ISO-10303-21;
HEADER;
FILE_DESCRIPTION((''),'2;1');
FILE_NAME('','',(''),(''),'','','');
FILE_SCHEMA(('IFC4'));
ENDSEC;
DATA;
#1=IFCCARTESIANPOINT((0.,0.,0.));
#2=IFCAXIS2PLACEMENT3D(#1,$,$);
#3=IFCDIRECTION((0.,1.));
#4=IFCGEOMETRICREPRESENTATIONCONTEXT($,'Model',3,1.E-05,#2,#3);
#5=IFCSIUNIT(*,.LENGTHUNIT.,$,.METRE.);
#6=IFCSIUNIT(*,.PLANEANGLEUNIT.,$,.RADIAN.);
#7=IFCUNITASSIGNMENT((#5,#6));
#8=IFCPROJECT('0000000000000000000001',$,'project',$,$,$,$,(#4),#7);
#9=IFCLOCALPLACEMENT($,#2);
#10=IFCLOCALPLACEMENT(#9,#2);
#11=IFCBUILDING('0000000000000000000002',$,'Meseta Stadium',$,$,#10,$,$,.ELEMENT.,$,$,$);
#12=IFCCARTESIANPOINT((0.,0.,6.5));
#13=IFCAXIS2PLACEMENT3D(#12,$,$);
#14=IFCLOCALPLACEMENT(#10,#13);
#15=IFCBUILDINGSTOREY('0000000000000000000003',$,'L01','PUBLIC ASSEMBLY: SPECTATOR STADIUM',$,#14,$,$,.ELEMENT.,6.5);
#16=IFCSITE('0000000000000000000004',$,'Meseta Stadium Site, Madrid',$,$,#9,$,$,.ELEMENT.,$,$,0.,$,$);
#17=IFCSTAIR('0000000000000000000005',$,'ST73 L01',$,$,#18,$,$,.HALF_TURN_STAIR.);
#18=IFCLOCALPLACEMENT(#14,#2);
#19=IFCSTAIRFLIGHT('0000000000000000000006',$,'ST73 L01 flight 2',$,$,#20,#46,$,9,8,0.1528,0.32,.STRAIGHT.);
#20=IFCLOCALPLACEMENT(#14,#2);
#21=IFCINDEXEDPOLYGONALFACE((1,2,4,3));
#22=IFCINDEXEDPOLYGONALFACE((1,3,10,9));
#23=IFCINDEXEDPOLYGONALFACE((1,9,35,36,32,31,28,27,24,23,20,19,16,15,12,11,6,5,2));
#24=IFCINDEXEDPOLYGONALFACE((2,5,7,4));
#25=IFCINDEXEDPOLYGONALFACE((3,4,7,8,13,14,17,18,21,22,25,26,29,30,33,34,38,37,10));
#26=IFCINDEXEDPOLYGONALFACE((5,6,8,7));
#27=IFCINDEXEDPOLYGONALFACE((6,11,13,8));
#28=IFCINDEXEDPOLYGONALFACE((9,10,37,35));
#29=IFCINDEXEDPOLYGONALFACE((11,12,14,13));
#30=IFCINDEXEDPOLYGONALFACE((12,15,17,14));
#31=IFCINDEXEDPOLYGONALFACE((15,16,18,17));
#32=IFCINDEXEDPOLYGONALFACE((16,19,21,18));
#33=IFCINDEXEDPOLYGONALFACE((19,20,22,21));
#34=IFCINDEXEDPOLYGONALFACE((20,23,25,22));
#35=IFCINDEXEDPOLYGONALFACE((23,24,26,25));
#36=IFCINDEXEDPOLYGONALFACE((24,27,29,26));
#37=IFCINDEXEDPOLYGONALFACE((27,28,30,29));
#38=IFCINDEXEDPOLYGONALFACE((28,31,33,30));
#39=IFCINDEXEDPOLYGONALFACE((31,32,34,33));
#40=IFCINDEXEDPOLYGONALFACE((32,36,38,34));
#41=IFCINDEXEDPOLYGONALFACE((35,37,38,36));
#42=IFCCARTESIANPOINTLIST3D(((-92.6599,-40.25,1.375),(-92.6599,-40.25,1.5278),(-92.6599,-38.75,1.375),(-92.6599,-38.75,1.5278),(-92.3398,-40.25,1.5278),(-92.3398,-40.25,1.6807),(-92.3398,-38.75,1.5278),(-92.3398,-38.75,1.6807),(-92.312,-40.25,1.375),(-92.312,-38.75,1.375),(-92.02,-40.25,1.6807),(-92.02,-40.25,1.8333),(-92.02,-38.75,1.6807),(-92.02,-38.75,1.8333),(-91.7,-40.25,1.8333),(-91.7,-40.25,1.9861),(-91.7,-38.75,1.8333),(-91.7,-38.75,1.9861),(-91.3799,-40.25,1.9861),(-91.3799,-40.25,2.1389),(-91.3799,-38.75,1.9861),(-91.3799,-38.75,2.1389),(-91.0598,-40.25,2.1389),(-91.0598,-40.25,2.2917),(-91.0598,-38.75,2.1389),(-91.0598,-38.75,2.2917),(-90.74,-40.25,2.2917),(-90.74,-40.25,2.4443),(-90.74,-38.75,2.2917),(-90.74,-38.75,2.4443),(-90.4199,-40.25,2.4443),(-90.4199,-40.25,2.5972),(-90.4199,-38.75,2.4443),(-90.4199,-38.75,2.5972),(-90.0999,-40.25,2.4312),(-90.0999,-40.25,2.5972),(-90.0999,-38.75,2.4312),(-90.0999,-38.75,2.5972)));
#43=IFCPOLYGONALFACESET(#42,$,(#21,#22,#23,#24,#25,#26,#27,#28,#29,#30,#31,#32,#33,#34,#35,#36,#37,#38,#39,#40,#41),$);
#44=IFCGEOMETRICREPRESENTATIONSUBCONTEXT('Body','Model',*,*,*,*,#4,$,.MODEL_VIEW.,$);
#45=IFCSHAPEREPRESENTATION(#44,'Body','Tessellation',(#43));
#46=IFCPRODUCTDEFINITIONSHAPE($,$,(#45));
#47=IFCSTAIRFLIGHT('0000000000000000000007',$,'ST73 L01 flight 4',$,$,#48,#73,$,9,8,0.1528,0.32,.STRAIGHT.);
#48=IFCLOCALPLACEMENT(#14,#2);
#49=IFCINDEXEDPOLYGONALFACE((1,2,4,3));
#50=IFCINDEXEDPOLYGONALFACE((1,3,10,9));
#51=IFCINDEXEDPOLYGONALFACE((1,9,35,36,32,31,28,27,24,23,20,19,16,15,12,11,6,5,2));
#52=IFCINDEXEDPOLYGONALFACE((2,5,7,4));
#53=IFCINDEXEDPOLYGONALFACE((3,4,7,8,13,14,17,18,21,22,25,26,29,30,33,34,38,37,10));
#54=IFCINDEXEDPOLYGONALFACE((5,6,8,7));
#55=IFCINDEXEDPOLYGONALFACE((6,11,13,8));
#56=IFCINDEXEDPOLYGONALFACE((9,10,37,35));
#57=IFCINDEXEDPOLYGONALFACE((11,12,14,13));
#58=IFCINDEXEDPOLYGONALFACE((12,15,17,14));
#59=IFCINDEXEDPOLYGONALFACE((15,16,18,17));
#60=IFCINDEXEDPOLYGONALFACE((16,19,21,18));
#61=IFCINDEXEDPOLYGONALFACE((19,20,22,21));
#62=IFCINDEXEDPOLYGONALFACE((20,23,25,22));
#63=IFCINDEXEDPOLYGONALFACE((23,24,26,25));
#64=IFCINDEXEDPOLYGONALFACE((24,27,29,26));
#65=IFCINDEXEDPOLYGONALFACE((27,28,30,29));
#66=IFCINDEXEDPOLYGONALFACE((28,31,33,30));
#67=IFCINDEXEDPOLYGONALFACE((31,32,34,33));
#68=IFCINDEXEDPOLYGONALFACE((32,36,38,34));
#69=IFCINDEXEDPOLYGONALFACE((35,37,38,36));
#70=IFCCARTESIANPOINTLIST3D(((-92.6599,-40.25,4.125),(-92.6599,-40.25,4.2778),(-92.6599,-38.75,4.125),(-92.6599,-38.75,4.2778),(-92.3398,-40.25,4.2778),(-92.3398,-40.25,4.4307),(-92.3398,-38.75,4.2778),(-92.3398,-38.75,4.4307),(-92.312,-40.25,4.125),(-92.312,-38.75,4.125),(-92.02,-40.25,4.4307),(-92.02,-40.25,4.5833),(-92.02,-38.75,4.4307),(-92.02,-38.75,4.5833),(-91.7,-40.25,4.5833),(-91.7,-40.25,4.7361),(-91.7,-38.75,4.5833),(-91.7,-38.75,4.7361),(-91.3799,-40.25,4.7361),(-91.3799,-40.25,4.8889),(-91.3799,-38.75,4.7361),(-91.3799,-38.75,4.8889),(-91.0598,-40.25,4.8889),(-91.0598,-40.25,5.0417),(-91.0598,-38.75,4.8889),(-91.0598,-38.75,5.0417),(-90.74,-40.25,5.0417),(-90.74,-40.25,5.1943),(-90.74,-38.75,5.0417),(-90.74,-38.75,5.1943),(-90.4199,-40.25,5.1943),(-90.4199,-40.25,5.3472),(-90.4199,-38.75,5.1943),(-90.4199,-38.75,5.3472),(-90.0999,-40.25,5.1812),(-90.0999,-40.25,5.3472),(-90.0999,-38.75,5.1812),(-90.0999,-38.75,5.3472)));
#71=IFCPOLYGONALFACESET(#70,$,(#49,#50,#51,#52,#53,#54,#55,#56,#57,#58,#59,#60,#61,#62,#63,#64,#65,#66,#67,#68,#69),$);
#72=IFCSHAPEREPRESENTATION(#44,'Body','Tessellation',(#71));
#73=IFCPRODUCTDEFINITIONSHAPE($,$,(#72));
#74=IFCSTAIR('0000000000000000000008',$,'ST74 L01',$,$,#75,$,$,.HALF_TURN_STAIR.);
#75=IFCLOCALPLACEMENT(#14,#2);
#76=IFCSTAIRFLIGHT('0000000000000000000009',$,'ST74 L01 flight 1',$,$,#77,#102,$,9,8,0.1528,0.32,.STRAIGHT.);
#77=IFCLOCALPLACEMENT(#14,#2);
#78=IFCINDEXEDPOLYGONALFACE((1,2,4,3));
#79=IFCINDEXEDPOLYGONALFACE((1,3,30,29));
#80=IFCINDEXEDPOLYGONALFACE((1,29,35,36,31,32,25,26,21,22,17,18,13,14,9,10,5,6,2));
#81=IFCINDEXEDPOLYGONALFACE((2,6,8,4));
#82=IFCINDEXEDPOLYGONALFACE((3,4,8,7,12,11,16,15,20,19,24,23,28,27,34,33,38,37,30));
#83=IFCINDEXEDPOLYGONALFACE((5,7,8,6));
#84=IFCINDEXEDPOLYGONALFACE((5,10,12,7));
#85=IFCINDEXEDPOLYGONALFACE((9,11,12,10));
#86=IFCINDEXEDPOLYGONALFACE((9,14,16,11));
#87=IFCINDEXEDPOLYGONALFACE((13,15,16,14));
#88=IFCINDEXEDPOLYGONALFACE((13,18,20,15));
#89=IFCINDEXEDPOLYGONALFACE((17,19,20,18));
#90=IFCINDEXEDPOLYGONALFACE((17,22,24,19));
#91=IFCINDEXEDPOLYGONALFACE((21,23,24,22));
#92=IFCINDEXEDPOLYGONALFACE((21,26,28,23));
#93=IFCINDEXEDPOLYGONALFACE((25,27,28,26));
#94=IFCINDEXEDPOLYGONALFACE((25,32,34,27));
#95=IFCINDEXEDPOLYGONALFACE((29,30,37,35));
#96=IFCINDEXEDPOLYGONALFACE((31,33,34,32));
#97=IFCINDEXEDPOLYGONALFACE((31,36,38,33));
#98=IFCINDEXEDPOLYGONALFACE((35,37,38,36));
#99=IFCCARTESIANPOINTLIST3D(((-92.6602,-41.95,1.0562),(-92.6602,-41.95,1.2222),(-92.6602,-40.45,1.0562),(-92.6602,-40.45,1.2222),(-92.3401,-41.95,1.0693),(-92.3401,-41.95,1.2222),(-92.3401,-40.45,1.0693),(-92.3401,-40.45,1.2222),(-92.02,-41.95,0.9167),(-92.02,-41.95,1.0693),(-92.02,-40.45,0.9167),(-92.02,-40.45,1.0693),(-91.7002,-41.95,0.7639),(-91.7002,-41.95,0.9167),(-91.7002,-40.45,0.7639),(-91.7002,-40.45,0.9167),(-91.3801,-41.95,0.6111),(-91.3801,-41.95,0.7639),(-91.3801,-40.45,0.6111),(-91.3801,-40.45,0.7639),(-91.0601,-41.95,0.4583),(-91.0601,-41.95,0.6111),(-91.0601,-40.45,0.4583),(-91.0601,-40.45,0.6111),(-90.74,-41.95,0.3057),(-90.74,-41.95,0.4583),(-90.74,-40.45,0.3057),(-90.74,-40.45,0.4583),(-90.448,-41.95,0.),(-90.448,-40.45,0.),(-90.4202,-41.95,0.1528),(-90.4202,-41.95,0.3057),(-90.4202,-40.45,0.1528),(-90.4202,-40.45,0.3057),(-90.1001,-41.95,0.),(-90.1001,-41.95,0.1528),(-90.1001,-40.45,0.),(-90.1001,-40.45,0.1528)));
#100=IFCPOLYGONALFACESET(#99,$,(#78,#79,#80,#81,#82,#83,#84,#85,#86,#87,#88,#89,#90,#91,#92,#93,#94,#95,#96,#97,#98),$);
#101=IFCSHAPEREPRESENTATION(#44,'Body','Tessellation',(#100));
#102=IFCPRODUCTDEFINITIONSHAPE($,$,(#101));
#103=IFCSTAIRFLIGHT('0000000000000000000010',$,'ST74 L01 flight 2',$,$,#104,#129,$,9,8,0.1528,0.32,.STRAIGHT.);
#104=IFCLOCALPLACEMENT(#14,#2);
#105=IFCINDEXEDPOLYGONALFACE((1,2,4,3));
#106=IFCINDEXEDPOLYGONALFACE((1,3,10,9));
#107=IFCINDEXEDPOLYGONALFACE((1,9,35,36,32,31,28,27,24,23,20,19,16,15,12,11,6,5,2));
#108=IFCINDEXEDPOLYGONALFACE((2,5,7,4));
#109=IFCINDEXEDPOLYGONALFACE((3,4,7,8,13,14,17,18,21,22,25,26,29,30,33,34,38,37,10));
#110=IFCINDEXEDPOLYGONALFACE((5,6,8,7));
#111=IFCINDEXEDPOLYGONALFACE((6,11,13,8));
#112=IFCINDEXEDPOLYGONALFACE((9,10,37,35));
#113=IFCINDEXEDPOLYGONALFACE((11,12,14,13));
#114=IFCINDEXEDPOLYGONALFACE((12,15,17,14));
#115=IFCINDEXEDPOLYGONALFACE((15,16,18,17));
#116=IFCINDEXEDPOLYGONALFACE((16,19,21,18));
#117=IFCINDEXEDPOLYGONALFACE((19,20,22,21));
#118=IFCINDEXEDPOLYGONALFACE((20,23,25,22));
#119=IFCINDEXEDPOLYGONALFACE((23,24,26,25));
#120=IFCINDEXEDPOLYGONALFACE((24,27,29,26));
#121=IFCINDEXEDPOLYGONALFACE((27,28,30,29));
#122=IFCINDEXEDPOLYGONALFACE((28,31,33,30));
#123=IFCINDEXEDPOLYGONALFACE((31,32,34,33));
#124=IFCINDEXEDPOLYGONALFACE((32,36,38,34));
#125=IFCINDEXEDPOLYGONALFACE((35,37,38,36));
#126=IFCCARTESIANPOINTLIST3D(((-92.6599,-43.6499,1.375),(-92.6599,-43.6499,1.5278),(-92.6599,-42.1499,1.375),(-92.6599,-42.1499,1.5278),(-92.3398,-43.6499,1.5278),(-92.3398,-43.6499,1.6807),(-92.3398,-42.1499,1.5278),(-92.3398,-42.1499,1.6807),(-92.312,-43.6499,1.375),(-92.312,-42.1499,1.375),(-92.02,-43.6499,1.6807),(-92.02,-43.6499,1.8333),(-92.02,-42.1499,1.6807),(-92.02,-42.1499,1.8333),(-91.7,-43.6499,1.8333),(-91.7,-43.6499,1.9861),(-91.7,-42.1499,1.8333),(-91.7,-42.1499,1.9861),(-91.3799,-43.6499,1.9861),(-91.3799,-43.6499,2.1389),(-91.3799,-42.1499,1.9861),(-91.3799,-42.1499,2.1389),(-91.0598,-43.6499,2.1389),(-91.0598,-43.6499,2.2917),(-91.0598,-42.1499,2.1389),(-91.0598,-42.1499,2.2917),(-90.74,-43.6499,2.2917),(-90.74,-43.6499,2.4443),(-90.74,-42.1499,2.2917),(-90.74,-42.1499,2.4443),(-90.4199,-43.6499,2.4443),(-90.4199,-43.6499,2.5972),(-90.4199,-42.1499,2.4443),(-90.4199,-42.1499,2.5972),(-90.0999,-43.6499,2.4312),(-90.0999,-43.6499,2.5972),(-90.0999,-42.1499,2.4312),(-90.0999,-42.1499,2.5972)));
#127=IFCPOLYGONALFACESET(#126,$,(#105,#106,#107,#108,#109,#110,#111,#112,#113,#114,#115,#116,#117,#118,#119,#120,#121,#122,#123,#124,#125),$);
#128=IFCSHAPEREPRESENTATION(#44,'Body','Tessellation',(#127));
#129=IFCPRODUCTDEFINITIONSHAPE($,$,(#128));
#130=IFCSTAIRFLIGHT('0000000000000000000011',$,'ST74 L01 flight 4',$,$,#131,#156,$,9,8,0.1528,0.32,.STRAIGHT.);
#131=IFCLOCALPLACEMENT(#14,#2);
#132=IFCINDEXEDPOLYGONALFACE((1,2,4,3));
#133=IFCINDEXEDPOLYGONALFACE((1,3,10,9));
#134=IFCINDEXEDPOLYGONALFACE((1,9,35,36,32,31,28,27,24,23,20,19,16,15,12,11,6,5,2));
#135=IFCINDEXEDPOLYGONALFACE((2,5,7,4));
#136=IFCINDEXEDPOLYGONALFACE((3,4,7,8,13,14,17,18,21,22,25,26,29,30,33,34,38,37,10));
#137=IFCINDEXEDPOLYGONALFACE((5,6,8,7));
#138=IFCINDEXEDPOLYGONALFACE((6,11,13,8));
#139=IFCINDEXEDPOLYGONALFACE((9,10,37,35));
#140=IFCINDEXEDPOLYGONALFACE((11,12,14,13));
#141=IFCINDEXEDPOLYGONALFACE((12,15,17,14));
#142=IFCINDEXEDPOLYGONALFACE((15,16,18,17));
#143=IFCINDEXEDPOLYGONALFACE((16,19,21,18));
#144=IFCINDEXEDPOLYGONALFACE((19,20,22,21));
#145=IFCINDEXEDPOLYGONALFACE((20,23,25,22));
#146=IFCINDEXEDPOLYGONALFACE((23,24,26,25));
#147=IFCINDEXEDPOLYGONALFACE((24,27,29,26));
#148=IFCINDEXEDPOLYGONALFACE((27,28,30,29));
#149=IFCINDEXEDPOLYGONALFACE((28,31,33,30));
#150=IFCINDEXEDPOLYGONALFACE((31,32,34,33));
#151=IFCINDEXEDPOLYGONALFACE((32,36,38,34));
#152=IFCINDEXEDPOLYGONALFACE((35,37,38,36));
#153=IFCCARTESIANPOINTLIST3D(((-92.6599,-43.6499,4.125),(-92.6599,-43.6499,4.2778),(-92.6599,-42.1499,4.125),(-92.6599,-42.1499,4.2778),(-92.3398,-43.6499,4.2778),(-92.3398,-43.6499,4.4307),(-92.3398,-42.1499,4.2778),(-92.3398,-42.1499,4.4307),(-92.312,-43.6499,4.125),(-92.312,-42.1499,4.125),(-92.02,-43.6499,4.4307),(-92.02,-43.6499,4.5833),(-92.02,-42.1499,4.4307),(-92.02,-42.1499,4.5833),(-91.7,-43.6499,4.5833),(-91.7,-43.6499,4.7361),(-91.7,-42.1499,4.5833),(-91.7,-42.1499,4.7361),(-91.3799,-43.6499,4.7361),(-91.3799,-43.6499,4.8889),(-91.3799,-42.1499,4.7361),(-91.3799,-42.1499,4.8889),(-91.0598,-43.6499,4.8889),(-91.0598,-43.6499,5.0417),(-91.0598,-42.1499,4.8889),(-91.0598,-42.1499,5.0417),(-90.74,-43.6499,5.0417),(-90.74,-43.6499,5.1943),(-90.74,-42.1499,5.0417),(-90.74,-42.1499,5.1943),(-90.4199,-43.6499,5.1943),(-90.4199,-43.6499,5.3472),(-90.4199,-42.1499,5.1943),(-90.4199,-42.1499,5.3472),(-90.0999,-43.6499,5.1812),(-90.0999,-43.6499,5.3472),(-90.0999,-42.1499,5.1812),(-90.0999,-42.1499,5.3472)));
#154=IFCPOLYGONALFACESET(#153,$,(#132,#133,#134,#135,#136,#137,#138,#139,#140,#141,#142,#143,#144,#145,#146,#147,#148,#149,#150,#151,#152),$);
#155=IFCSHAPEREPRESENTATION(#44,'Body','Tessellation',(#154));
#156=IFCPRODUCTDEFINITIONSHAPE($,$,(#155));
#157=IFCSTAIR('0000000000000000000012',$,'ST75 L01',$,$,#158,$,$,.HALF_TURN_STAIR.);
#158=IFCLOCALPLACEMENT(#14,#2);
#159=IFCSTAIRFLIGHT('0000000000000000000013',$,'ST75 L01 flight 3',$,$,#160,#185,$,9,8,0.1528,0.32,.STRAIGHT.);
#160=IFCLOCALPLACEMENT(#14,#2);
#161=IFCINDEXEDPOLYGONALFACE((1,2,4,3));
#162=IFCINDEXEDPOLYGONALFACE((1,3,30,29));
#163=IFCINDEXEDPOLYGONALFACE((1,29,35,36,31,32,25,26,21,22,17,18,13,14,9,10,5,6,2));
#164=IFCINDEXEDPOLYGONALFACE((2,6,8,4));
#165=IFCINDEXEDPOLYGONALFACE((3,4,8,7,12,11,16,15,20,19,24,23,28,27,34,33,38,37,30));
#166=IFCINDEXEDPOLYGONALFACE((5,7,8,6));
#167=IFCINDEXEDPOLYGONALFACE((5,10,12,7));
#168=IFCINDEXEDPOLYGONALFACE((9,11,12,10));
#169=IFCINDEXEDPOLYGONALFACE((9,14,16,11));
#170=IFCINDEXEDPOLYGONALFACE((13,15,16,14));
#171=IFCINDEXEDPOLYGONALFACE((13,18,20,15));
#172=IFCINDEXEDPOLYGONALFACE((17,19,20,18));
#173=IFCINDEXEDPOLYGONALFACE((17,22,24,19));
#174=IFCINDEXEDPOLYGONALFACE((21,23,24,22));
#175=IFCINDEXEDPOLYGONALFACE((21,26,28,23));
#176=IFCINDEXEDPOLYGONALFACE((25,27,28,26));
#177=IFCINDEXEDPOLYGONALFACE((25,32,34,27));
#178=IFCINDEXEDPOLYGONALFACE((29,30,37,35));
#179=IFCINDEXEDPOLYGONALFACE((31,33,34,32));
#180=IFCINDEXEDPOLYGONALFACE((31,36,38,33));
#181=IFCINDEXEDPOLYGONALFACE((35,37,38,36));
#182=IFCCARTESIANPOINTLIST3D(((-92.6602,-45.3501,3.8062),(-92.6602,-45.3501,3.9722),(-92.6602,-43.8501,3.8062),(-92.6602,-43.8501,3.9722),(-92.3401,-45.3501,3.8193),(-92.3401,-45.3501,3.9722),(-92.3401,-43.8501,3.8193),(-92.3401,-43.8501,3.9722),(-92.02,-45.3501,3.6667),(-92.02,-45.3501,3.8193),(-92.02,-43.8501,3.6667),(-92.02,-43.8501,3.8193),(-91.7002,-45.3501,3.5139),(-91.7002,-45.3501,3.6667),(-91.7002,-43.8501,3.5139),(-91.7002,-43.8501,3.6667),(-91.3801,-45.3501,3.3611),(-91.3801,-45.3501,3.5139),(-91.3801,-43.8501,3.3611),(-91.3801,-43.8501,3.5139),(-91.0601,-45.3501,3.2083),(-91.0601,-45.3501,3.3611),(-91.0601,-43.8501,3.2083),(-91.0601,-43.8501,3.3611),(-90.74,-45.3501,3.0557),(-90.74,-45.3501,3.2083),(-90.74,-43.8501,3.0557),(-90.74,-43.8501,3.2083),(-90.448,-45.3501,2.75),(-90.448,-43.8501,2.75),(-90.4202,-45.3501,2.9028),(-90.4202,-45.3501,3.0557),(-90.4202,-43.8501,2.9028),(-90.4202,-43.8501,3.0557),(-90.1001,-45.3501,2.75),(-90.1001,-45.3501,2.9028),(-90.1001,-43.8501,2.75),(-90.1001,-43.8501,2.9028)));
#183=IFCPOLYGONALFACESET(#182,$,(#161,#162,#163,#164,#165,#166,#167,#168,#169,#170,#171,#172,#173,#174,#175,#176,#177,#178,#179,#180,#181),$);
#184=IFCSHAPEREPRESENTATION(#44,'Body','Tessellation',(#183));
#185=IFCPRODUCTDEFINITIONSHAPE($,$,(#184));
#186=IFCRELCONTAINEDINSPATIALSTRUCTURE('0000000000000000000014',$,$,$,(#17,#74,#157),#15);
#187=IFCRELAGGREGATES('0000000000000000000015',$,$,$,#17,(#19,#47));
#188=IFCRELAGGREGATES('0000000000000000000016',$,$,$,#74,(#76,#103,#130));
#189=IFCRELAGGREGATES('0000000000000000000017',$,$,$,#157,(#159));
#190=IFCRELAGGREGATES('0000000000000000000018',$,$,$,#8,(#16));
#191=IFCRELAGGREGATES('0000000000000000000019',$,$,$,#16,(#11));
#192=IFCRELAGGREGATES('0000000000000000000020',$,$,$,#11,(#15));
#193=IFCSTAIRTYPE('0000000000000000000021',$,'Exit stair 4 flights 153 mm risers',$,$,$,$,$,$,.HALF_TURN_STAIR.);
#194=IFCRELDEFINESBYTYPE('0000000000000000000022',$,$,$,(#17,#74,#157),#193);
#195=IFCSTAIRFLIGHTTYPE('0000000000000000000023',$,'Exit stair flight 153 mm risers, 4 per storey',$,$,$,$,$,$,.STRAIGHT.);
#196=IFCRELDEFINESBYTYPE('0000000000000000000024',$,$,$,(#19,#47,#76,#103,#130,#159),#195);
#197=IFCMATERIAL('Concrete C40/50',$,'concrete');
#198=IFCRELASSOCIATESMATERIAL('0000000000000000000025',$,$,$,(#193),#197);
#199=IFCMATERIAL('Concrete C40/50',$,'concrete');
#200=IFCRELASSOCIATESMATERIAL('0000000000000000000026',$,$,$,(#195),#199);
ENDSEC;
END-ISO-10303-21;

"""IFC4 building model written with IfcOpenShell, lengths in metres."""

from ifc_helpers import new_model, si_unit, direction, frame, origin, place, context, subcontext, project, spatial, polyline, outline, extrude, material, type_object, element, aggregate, save


model = new_model("IFC4")

# Units and contexts
model_context = context("Model", 3, precision=1e-05, world=origin(), true_north=direction((0.0, 1.0)))
body_context = subcontext(model_context, "Body", "Model", "MODEL_VIEW")
ifc_project = project(units=[si_unit("LENGTHUNIT", "METRE"), si_unit("PLANEANGLEUNIT", "RADIAN")], contexts=[model_context])

# Site, building, storey
site_placement = place(None, origin())
site = spatial("IfcSite", under=ifc_project, at=site_placement, Name="Meseta Stadium Site, Madrid", CompositionType="ELEMENT", RefElevation=0.0)
building_placement = place(site_placement, origin())
building = spatial("IfcBuilding", under=site, at=building_placement, Name="Meseta Stadium", CompositionType="ELEMENT")
storey_placement = place(building_placement, frame((0.0, 0.0, 6.5)))
storey = spatial("IfcBuildingStorey", under=building, at=storey_placement, Name="L01", Description="PUBLIC ASSEMBLY: SPECTATOR STADIUM", CompositionType="ELEMENT", Elevation=6.5)

# Stairs, stair flights
ifc_material_1 = material(Name="Concrete C40/50", Category="concrete")
stair_type = type_object("IfcStairType", Name="Exit stair 4 flights 153 mm risers", PredefinedType="HALF_TURN_STAIR", material=ifc_material_1)
stair_1_placement = place(storey_placement, origin())
stair_1 = element("IfcStair", 1, at=stair_1_placement, inside=storey, type_object=stair_type, Name="ST73 L01", PredefinedType="HALF_TURN_STAIR")
ifc_material_2 = material(Name="Concrete C40/50", Category="concrete")
stair_flight_type = type_object("IfcStairFlightType", Name="Exit stair flight 153 mm risers, 4 per storey", PredefinedType="STRAIGHT", material=ifc_material_2)
stair_flight_1_placement = place(storey_placement, frame((-92.6599, -39.5, 1.375), z_axis=(0.0, 0.0, 1.0), x_axis=(1.0, 0.0, 0.0)))
stair_flight_1 = element("IfcStairFlight", 2, at=stair_flight_1_placement, type_object=stair_flight_type, Name="ST73 L01 flight 2", NumberOfRisers=9, NumberOfTreads=8, PredefinedType="STRAIGHT", RiserHeight=0.1528, TreadLength=0.32, context=body_context, shape_type="SweptSolid", body=[
    extrude(outline(polyline([(0.0, 0.0), (0.0, 0.1528), (0.3201, 0.1528), (0.3201, 0.3057), (0.6399, 0.3057), (0.6399, 0.4583), (0.96, 0.4583), (0.96, 0.6111), (1.28, 0.6111), (1.28, 0.7639), (1.6001, 0.7639), (1.6001, 0.9167), (1.9199, 0.9167), (1.9199, 1.0693), (2.24, 1.0693), (2.24, 1.2222), (2.5601, 1.2222), (2.5601, 1.0562), (0.3479, 0.0), (0.0, 0.0)])), frame((0.0, 0.75, 0.0), z_axis=(0.0, -1.0, 0.0), x_axis=(1.0, 0.0, 0.0)), (0.0, 0.0, 1.0), 1.5),
])
stair_flight_2_placement = place(storey_placement, frame((-92.6599, -39.5, 4.125), z_axis=(0.0, 0.0, 1.0), x_axis=(1.0, 0.0, 0.0)))
stair_flight_2 = element("IfcStairFlight", 3, at=stair_flight_2_placement, type_object=stair_flight_type, Name="ST73 L01 flight 4", NumberOfRisers=9, NumberOfTreads=8, PredefinedType="STRAIGHT", RiserHeight=0.1528, TreadLength=0.32, context=body_context, shape_type="SweptSolid", body=[
    extrude(outline(polyline([(0.0, 0.0), (0.0, 0.1528), (0.3201, 0.1528), (0.3201, 0.3057), (0.6399, 0.3057), (0.6399, 0.4583), (0.96, 0.4583), (0.96, 0.6111), (1.28, 0.6111), (1.28, 0.7639), (1.6001, 0.7639), (1.6001, 0.9167), (1.9199, 0.9167), (1.9199, 1.0693), (2.24, 1.0693), (2.24, 1.2222), (2.5601, 1.2222), (2.5601, 1.0562), (0.3479, 0.0), (0.0, 0.0)])), frame((0.0, 0.75, 0.0), z_axis=(0.0, -1.0, 0.0), x_axis=(1.0, 0.0, 0.0)), (0.0, 0.0, 1.0), 1.5),
])
aggregate(stair_1, [stair_flight_1, stair_flight_2])
stair_2_placement = place(storey_placement, origin())
stair_2 = element("IfcStair", 4, at=stair_2_placement, inside=storey, type_object=stair_type, Name="ST74 L01", PredefinedType="HALF_TURN_STAIR")
stair_flight_3_placement = place(storey_placement, frame((-90.1001, -41.2, 0.0), z_axis=(0.0, 0.0, 1.0), x_axis=(-1.0, 0.0, 0.0)))
stair_flight_3 = element("IfcStairFlight", 5, at=stair_flight_3_placement, type_object=stair_flight_type, Name="ST74 L01 flight 1", NumberOfRisers=9, NumberOfTreads=8, PredefinedType="STRAIGHT", RiserHeight=0.1528, TreadLength=0.32, context=body_context, shape_type="SweptSolid", body=[
    extrude(outline(polyline([(0.0, 0.0), (0.0, 0.1528), (0.3201, 0.1528), (0.3201, 0.3057), (0.6399, 0.3057), (0.6399, 0.4583), (0.96, 0.4583), (0.96, 0.6111), (1.28, 0.6111), (1.28, 0.7639), (1.6001, 0.7639), (1.6001, 0.9167), (1.9199, 0.9167), (1.9199, 1.0693), (2.24, 1.0693), (2.24, 1.2222), (2.5601, 1.2222), (2.5601, 1.0562), (0.3479, 0.0), (0.0, 0.0)])), frame((0.0, 0.75, 0.0), z_axis=(0.0, -1.0, 0.0), x_axis=(1.0, 0.0, 0.0)), (0.0, 0.0, 1.0), 1.5),
])
stair_flight_4_placement = place(storey_placement, frame((-92.6599, -42.8999, 1.375), z_axis=(0.0, 0.0, 1.0), x_axis=(1.0, 0.0, 0.0)))
stair_flight_4 = element("IfcStairFlight", 6, at=stair_flight_4_placement, type_object=stair_flight_type, Name="ST74 L01 flight 2", NumberOfRisers=9, NumberOfTreads=8, PredefinedType="STRAIGHT", RiserHeight=0.1528, TreadLength=0.32, context=body_context, shape_type="SweptSolid", body=[
    extrude(outline(polyline([(0.0, 0.0), (0.0, 0.1528), (0.3201, 0.1528), (0.3201, 0.3057), (0.6399, 0.3057), (0.6399, 0.4583), (0.96, 0.4583), (0.96, 0.6111), (1.28, 0.6111), (1.28, 0.7639), (1.6001, 0.7639), (1.6001, 0.9167), (1.9199, 0.9167), (1.9199, 1.0693), (2.24, 1.0693), (2.24, 1.2222), (2.5601, 1.2222), (2.5601, 1.0562), (0.3479, 0.0), (0.0, 0.0)])), frame((0.0, 0.75, 0.0), z_axis=(0.0, -1.0, 0.0), x_axis=(1.0, 0.0, 0.0)), (0.0, 0.0, 1.0), 1.5),
])
stair_flight_5_placement = place(storey_placement, frame((-92.6599, -42.8999, 4.125), z_axis=(0.0, 0.0, 1.0), x_axis=(1.0, 0.0, 0.0)))
stair_flight_5 = element("IfcStairFlight", 7, at=stair_flight_5_placement, type_object=stair_flight_type, Name="ST74 L01 flight 4", NumberOfRisers=9, NumberOfTreads=8, PredefinedType="STRAIGHT", RiserHeight=0.1528, TreadLength=0.32, context=body_context, shape_type="SweptSolid", body=[
    extrude(outline(polyline([(0.0, 0.0), (0.0, 0.1528), (0.3201, 0.1528), (0.3201, 0.3057), (0.6399, 0.3057), (0.6399, 0.4583), (0.96, 0.4583), (0.96, 0.6111), (1.28, 0.6111), (1.28, 0.7639), (1.6001, 0.7639), (1.6001, 0.9167), (1.9199, 0.9167), (1.9199, 1.0693), (2.24, 1.0693), (2.24, 1.2222), (2.5601, 1.2222), (2.5601, 1.0562), (0.3479, 0.0), (0.0, 0.0)])), frame((0.0, 0.75, 0.0), z_axis=(0.0, -1.0, 0.0), x_axis=(1.0, 0.0, 0.0)), (0.0, 0.0, 1.0), 1.5),
])
aggregate(stair_2, [stair_flight_3, stair_flight_4, stair_flight_5])

# Stair, stair flight
stair_3_placement = place(storey_placement, origin())
stair_3 = element("IfcStair", 8, at=stair_3_placement, inside=storey, type_object=stair_type, Name="ST75 L01", PredefinedType="HALF_TURN_STAIR")
stair_flight_6_placement = place(storey_placement, frame((-90.1001, -44.6001, 2.75), z_axis=(0.0, 0.0, 1.0), x_axis=(-1.0, 0.0, 0.0)))
stair_flight_6 = element("IfcStairFlight", 9, at=stair_flight_6_placement, type_object=stair_flight_type, Name="ST75 L01 flight 3", NumberOfRisers=9, NumberOfTreads=8, PredefinedType="STRAIGHT", RiserHeight=0.1528, TreadLength=0.32, context=body_context, shape_type="SweptSolid", body=[
    extrude(outline(polyline([(0.0, 0.0), (0.0, 0.1528), (0.3201, 0.1528), (0.3201, 0.3057), (0.6399, 0.3057), (0.6399, 0.4583), (0.96, 0.4583), (0.96, 0.6111), (1.28, 0.6111), (1.28, 0.7639), (1.6001, 0.7639), (1.6001, 0.9167), (1.9199, 0.9167), (1.9199, 1.0693), (2.24, 1.0693), (2.24, 1.2222), (2.5601, 1.2222), (2.5601, 1.0562), (0.3479, 0.0), (0.0, 0.0)])), frame((0.0, 0.75, 0.0), z_axis=(0.0, -1.0, 0.0), x_axis=(1.0, 0.0, 0.0)), (0.0, 0.0, 1.0), 1.5),
])
aggregate(stair_3, [stair_flight_6])

save(model, "model.ifc")
